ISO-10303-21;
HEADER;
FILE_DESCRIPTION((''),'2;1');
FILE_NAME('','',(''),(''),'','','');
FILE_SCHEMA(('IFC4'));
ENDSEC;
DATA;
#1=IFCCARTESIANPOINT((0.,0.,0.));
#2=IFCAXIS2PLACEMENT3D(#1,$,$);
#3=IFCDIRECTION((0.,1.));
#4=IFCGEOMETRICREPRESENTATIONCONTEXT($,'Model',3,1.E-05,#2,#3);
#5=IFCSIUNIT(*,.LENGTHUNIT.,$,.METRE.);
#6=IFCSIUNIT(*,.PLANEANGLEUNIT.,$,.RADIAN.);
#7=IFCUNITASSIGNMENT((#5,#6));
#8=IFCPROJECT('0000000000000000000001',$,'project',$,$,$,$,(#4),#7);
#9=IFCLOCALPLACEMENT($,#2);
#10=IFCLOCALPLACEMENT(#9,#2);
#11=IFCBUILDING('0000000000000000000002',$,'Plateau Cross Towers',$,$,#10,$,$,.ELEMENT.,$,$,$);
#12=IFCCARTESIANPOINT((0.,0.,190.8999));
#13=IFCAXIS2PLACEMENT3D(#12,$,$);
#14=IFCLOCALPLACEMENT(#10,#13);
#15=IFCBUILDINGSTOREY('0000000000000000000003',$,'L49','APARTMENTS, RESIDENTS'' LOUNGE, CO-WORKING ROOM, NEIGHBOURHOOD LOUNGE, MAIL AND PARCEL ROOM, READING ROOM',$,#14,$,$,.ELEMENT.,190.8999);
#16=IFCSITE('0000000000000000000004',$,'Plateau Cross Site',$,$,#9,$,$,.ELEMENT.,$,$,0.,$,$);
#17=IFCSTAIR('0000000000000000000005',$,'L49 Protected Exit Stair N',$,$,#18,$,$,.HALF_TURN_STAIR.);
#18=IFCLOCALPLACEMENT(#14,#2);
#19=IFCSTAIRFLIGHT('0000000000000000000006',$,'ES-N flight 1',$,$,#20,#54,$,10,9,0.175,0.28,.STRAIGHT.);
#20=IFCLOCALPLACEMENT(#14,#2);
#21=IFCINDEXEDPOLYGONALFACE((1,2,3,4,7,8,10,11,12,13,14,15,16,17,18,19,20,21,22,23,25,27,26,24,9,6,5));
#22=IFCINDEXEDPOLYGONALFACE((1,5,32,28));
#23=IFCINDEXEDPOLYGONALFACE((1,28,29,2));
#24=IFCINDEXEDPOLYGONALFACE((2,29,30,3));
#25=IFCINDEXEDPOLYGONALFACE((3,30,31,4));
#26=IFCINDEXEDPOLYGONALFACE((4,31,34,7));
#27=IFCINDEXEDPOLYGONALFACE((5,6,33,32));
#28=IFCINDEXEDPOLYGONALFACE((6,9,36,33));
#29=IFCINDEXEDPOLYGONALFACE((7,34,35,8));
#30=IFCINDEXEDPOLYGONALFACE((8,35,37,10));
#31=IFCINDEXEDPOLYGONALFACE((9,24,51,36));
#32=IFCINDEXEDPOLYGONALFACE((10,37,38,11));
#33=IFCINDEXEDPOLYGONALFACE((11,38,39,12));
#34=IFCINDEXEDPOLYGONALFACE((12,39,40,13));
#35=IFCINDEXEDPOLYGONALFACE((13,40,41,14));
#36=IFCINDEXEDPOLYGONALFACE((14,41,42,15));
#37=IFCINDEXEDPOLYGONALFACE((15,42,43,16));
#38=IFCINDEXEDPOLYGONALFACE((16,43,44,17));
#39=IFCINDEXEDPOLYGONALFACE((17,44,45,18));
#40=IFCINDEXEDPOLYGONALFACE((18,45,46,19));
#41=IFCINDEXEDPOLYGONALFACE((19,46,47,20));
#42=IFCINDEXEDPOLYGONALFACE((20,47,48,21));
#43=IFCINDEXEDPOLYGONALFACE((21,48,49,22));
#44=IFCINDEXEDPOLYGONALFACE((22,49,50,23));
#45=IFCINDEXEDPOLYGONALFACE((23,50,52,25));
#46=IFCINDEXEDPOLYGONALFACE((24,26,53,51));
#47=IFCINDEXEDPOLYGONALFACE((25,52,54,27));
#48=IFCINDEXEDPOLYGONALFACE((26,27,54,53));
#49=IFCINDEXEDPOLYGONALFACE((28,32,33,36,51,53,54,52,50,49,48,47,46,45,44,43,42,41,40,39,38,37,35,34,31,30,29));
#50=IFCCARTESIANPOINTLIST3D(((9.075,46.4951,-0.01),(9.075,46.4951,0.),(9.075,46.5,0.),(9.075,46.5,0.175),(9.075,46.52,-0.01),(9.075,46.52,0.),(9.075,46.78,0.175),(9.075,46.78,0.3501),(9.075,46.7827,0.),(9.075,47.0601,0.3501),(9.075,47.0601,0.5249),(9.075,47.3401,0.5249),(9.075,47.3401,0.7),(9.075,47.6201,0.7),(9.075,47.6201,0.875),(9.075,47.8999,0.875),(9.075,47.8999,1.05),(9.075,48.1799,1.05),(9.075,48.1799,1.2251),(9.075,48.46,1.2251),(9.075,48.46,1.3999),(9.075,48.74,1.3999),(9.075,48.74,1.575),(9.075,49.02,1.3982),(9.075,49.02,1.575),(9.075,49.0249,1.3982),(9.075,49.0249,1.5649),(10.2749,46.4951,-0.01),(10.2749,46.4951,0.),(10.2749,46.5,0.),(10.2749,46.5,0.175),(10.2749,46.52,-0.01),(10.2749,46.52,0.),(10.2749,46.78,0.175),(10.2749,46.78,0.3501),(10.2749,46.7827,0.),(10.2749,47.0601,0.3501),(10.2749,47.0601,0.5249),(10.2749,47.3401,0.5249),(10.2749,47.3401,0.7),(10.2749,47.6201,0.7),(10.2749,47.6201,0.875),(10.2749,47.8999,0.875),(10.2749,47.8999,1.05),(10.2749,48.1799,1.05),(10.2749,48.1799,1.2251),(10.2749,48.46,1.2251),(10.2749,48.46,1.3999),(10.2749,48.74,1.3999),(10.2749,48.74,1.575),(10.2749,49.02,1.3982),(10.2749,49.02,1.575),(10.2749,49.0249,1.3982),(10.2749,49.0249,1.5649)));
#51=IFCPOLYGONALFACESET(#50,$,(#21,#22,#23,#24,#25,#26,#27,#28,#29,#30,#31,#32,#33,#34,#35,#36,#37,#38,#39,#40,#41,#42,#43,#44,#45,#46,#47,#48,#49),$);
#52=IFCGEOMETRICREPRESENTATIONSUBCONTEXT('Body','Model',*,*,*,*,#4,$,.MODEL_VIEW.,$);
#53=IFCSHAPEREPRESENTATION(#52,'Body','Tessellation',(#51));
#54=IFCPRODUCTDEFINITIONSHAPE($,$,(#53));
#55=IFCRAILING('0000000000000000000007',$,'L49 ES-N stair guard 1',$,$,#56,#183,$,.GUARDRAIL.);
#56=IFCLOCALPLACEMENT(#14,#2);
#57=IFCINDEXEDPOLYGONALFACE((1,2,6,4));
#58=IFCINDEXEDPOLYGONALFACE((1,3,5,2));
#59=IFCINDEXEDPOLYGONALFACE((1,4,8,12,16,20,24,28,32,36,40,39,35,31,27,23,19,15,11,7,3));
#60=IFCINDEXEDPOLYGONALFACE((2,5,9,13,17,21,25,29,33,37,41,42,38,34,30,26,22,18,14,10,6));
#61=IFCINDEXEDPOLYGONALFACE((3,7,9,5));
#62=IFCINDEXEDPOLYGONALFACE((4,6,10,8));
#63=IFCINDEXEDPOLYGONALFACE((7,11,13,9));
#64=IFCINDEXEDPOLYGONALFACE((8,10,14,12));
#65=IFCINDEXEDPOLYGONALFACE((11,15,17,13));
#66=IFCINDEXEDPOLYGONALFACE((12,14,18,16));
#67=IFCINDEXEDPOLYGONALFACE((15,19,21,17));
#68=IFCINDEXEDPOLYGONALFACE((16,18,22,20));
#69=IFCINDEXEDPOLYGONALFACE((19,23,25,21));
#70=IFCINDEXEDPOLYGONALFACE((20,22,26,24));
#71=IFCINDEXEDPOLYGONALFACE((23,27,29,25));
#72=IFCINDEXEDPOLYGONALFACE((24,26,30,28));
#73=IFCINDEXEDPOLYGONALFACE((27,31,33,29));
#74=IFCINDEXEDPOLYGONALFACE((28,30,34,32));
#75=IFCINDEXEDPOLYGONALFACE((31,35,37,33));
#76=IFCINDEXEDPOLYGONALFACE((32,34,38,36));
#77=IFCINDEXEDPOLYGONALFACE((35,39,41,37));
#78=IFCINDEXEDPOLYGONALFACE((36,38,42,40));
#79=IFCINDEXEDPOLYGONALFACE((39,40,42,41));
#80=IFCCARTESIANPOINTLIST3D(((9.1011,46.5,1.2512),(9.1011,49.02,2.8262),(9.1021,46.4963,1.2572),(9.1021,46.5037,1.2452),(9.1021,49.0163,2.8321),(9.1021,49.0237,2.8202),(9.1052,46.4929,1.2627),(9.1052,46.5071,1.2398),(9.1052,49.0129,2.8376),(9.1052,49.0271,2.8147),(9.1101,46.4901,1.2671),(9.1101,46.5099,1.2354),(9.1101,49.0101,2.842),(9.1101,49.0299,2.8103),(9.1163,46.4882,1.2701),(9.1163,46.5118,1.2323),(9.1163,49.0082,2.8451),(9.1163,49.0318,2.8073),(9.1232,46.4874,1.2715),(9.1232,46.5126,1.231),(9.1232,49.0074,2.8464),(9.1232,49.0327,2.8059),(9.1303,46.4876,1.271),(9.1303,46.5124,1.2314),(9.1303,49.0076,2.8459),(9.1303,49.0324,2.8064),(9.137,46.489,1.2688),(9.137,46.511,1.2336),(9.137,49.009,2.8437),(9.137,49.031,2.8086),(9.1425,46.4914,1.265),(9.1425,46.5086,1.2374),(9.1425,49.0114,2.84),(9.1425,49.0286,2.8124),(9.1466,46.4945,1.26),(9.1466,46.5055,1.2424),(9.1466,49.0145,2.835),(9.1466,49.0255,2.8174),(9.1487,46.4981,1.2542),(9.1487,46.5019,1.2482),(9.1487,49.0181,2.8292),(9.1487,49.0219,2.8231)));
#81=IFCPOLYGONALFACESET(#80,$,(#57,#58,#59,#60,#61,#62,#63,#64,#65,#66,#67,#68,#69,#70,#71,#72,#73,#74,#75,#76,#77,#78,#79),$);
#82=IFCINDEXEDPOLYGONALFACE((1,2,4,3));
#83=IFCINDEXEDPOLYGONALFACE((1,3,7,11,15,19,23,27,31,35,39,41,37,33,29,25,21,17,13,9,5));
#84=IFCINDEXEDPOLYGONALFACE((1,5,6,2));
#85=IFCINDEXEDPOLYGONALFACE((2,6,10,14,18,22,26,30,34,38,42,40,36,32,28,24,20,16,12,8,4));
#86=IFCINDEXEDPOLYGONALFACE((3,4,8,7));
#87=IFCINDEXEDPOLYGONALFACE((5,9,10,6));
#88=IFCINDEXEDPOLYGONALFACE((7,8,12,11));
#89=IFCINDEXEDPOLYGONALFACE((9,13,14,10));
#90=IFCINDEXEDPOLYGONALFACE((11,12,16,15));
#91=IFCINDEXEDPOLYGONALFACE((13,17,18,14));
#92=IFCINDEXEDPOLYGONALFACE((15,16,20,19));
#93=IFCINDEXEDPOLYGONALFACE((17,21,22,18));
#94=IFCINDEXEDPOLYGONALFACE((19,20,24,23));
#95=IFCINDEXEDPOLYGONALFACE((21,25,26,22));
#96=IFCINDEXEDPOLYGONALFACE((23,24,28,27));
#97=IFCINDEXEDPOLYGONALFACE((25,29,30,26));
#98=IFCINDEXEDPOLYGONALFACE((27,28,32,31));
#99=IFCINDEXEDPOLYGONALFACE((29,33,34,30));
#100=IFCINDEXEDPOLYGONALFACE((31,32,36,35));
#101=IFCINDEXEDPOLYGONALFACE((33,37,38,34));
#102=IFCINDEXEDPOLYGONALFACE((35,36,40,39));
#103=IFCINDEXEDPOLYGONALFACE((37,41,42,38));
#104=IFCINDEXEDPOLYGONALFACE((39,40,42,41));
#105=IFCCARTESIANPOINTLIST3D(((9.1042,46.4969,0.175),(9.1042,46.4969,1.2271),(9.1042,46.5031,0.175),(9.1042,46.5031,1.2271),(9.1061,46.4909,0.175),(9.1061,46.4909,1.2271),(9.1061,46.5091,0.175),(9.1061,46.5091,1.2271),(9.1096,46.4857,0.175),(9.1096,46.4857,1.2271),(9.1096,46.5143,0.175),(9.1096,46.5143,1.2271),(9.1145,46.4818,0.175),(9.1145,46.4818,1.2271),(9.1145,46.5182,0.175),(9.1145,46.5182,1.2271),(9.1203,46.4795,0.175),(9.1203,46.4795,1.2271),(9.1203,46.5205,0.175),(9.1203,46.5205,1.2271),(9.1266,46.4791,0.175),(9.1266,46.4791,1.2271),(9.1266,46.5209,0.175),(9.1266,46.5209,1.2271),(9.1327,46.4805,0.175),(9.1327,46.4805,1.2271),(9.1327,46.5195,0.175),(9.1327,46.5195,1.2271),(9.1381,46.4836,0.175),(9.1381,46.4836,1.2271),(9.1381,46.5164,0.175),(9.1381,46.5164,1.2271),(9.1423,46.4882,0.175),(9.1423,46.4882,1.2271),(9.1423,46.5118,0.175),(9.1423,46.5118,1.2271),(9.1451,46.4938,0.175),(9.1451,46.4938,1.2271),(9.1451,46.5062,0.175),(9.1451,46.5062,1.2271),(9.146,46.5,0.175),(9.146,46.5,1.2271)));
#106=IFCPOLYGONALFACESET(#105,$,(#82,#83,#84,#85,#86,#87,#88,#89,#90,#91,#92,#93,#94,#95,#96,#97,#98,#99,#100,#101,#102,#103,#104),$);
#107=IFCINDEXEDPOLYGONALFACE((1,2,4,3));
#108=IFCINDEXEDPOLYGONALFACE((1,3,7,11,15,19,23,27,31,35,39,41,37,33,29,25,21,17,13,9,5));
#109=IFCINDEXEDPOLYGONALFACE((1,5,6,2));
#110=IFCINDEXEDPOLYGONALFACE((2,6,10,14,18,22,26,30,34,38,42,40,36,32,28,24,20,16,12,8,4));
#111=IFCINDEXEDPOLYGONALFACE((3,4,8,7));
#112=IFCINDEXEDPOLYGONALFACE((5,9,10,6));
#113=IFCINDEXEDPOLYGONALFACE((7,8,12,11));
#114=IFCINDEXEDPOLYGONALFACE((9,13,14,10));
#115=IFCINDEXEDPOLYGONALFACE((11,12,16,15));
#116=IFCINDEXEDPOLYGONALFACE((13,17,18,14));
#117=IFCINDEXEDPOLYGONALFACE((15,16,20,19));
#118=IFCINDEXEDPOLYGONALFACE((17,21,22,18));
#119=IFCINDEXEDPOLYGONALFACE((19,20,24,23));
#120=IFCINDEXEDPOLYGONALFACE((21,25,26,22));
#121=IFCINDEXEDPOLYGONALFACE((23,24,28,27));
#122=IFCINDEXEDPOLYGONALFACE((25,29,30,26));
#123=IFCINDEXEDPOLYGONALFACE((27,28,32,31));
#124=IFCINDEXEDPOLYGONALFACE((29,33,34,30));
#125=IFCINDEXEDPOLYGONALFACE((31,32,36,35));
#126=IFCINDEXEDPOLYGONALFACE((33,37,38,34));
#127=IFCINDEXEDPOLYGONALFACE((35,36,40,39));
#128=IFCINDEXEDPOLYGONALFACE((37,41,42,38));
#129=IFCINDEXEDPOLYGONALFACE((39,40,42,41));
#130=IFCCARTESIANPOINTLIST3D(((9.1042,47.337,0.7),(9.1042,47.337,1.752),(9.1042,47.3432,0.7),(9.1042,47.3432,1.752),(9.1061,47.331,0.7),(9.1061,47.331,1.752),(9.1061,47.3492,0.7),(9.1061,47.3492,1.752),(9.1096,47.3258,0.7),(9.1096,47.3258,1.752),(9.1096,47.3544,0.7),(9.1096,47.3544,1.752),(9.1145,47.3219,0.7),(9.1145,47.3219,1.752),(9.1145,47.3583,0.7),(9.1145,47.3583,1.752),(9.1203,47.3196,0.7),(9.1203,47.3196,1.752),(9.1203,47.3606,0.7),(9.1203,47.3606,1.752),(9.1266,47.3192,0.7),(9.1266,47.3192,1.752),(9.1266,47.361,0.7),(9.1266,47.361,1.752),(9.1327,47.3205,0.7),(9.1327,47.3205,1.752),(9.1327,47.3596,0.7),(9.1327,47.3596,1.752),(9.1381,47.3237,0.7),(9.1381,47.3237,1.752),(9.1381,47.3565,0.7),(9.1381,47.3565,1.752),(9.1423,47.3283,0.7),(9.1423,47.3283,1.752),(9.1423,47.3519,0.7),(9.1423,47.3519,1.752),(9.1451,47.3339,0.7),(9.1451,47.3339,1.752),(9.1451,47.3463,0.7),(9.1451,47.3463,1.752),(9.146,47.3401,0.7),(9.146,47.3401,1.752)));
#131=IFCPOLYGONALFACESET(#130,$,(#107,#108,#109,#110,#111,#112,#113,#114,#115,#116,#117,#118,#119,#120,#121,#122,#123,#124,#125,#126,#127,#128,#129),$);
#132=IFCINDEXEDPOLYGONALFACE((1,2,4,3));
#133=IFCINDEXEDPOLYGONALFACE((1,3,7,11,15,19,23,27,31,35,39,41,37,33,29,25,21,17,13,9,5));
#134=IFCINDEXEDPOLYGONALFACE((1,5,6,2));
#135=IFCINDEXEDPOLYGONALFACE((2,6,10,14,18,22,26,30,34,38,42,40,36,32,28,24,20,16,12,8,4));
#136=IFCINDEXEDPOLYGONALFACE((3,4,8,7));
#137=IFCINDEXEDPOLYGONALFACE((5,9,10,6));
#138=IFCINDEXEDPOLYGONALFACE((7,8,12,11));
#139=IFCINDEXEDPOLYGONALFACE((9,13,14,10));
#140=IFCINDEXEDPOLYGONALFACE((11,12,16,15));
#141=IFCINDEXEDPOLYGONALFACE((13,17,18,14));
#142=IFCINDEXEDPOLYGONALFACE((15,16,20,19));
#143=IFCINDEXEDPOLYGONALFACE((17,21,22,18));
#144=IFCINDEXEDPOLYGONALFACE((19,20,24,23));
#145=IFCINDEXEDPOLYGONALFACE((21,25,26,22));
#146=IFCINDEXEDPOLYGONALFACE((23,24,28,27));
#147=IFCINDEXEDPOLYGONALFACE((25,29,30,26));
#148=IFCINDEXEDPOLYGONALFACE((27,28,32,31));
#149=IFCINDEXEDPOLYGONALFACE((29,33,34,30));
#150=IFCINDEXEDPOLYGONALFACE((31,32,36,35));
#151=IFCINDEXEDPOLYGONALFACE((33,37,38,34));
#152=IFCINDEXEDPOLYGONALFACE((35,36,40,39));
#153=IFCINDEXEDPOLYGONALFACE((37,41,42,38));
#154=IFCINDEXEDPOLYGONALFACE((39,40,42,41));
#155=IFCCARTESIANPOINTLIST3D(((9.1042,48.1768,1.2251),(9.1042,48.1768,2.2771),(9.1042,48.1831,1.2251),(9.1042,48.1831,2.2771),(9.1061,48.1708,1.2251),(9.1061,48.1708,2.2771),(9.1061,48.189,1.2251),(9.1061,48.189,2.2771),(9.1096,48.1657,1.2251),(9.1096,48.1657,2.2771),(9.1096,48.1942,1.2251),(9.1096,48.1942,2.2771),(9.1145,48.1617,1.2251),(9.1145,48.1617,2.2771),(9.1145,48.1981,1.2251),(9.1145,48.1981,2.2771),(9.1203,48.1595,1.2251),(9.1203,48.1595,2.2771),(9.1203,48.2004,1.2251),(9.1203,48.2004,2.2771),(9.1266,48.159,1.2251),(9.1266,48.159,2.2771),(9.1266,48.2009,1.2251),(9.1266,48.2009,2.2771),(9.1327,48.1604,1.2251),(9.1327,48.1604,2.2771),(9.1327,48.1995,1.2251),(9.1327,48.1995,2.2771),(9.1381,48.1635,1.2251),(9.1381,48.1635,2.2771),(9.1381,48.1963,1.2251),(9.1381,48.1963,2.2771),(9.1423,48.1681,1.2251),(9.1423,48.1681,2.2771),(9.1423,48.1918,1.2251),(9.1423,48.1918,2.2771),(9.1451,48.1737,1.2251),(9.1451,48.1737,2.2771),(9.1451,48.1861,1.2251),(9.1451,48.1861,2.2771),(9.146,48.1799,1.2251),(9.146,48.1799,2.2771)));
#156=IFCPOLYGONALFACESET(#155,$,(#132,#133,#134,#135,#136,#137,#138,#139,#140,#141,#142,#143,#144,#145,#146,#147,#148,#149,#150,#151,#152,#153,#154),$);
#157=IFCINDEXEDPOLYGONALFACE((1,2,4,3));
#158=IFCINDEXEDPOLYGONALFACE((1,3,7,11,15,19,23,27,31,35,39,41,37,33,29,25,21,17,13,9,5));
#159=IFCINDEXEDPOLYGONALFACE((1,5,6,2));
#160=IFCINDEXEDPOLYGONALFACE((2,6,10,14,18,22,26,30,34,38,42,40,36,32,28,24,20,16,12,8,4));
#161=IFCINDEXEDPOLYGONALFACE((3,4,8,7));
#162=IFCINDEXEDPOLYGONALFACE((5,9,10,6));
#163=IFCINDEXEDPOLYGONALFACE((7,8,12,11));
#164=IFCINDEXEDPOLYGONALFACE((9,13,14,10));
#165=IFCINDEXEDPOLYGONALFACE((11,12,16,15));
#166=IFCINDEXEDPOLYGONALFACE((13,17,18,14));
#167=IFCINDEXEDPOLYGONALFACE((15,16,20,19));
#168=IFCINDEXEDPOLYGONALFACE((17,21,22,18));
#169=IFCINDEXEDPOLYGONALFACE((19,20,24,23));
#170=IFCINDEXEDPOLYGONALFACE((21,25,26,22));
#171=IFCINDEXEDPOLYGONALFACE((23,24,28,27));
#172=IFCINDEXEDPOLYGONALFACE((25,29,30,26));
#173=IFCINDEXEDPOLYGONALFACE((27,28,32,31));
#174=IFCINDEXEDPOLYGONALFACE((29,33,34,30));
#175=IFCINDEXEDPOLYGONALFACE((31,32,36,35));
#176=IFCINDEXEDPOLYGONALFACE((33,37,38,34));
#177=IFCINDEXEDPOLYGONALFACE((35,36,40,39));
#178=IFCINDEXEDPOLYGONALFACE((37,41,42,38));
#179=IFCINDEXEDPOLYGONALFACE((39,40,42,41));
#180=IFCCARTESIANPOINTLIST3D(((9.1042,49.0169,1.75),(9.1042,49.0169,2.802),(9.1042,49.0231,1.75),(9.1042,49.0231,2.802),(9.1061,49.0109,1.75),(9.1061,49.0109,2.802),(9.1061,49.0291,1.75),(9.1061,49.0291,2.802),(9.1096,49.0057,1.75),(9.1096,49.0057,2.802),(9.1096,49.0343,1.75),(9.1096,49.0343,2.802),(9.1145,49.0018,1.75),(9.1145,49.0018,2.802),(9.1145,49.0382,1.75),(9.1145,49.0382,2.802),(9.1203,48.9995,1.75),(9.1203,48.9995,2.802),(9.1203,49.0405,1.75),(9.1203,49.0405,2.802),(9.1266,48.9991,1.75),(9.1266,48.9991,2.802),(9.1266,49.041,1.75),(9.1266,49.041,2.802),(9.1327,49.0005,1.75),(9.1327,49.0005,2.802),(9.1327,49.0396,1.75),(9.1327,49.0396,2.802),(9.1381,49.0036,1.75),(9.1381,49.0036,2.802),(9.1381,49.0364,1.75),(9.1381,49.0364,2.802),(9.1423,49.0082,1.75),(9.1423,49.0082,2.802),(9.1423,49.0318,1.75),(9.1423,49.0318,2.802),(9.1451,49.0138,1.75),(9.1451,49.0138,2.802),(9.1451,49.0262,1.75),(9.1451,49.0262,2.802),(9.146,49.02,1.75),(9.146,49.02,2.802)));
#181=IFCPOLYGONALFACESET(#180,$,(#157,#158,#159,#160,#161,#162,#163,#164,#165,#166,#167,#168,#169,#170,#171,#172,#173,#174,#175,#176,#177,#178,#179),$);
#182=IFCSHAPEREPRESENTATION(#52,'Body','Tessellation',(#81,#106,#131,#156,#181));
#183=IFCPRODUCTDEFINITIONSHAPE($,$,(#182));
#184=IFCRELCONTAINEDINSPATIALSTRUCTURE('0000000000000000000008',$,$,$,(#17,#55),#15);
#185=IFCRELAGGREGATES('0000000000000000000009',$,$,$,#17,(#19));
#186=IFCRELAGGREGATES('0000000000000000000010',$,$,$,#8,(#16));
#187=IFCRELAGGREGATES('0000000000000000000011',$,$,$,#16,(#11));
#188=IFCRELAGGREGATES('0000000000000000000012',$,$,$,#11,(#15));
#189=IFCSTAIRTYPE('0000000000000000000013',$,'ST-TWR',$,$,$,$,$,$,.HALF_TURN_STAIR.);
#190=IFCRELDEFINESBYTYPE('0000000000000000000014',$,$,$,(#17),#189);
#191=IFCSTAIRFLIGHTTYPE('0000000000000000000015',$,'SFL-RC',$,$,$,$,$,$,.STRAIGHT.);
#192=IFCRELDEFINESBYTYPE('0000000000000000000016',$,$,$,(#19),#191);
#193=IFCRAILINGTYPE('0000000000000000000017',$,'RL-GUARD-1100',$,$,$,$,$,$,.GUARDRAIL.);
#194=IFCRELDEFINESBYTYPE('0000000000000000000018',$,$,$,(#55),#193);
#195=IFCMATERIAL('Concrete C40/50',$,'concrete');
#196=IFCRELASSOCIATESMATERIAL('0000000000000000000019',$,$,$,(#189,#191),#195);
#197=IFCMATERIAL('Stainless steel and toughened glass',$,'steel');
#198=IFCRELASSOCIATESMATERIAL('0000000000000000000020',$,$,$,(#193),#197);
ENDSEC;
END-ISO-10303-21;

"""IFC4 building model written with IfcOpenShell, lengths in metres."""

from ifc_helpers import new_model, si_unit, direction, frame, origin, origin_2d, place, context, subcontext, project, spatial, polyline, circle, outline, extrude, material, type_object, element, aggregate, save


model = new_model("IFC4")

# Units and contexts
model_context = context("Model", 3, precision=1e-05, world=origin(), true_north=direction((0.0, 1.0)))
body_context = subcontext(model_context, "Body", "Model", "MODEL_VIEW")
ifc_project = project(units=[si_unit("LENGTHUNIT", "METRE"), si_unit("PLANEANGLEUNIT", "RADIAN")], contexts=[model_context])

# Site, building, storey
site_placement = place(None, origin())
site = spatial("IfcSite", under=ifc_project, at=site_placement, Name="Plateau Cross Site", CompositionType="ELEMENT", RefElevation=0.0)
building_placement = place(site_placement, origin())
building = spatial("IfcBuilding", under=site, at=building_placement, Name="Plateau Cross Towers", CompositionType="ELEMENT")
storey_placement = place(building_placement, frame((0.0, 0.0, 190.8999)))
storey = spatial("IfcBuildingStorey", under=building, at=storey_placement, Name="L49", Description="APARTMENTS, RESIDENTS' LOUNGE, CO-WORKING ROOM, NEIGHBOURHOOD LOUNGE, MAIL AND PARCEL ROOM, READING ROOM", CompositionType="ELEMENT", Elevation=190.8999)

# Stair, stair flight
ifc_material_1 = material(Name="Concrete C40/50", Category="concrete")
stair_type = type_object("IfcStairType", Name="ST-TWR", PredefinedType="HALF_TURN_STAIR", material=ifc_material_1)
stair_placement = place(storey_placement, origin())
stair = element("IfcStair", 1, at=stair_placement, inside=storey, type_object=stair_type, Name="L49 Protected Exit Stair N", PredefinedType="HALF_TURN_STAIR")
stair_flight_type = type_object("IfcStairFlightType", Name="SFL-RC", PredefinedType="STRAIGHT", material=ifc_material_1)
stair_flight_placement = place(storey_placement, frame((9.675, 46.5, 0.0), z_axis=(0.0, 0.0, 1.0), x_axis=(0.0, 1.0, 0.0)))
stair_flight = element("IfcStairFlight", 2, at=stair_flight_placement, type_object=stair_flight_type, Name="ES-N flight 1", NumberOfRisers=10, NumberOfTreads=9, PredefinedType="STRAIGHT", RiserHeight=0.175, TreadLength=0.28, context=body_context, shape_type="SweptSolid", body=[
    extrude(outline(polyline([(-0.0049, -0.01), (-0.0049, 0.0), (0.0, 0.0), (0.0, 0.175), (0.28, 0.175), (0.28, 0.3501), (0.5601, 0.3501), (0.5601, 0.5249), (0.8401, 0.5249), (0.8401, 0.7), (1.1201, 0.7), (1.1201, 0.875), (1.3999, 0.875), (1.3999, 1.05), (1.6799, 1.05), (1.6799, 1.2251), (1.96, 1.2251), (1.96, 1.3999), (2.24, 1.3999), (2.24, 1.575), (2.52, 1.575), (2.5249, 1.5649), (2.5249, 1.3982), (2.52, 1.3982), (0.2827, 0.0), (0.02, 0.0), (0.02, -0.01), (-0.0049, -0.01)])), frame((0.0, 0.6001, 0.0), z_axis=(0.0, -1.0, 0.0), x_axis=(1.0, 0.0, 0.0)), (0.0, 0.0, 1.0), 1.2),
])
aggregate(stair, [stair_flight])

# Railing
ifc_material_2 = material(Name="Stainless steel and toughened glass", Category="steel")
railing_type_1 = type_object("IfcRailingType", Name="RL-GUARD-1100", PredefinedType="GUARDRAIL", material=ifc_material_2)
railing_1_placement = place(storey_placement, frame((9.125, 46.5, 0.175)))
element("IfcRailing", 3, at=railing_1_placement, inside=storey, type_object=railing_type_1, Name="L49 ES-N stair guard 1", PredefinedType="GUARDRAIL", context=body_context, shape_type="SweptSolid", body=[
    extrude(circle(Radius=0.0239, at=origin_2d()), frame((0.0, 0.0, 1.0762), z_axis=(0.0, 0.848008, 0.529984), x_axis=(-1.0, 0.0, 0.0)), (0.0, 0.0, 1.0), 2.9717),
    extrude(circle(Radius=0.021, at=origin_2d()), origin(), (0.0, 0.0, 1.0), 1.052),
    extrude(circle(Radius=0.021, at=origin_2d()), frame((0.0, 0.8401, 0.5249)), (0.0, 0.0, 1.0), 1.052),
    extrude(circle(Radius=0.021, at=origin_2d()), frame((0.0, 1.6799, 1.05)), (0.0, 0.0, 1.0), 1.052),
    extrude(circle(Radius=0.021, at=origin_2d()), frame((0.0, 2.52, 1.575)), (0.0, 0.0, 1.0), 1.052),
])

save(model, "model.ifc")
